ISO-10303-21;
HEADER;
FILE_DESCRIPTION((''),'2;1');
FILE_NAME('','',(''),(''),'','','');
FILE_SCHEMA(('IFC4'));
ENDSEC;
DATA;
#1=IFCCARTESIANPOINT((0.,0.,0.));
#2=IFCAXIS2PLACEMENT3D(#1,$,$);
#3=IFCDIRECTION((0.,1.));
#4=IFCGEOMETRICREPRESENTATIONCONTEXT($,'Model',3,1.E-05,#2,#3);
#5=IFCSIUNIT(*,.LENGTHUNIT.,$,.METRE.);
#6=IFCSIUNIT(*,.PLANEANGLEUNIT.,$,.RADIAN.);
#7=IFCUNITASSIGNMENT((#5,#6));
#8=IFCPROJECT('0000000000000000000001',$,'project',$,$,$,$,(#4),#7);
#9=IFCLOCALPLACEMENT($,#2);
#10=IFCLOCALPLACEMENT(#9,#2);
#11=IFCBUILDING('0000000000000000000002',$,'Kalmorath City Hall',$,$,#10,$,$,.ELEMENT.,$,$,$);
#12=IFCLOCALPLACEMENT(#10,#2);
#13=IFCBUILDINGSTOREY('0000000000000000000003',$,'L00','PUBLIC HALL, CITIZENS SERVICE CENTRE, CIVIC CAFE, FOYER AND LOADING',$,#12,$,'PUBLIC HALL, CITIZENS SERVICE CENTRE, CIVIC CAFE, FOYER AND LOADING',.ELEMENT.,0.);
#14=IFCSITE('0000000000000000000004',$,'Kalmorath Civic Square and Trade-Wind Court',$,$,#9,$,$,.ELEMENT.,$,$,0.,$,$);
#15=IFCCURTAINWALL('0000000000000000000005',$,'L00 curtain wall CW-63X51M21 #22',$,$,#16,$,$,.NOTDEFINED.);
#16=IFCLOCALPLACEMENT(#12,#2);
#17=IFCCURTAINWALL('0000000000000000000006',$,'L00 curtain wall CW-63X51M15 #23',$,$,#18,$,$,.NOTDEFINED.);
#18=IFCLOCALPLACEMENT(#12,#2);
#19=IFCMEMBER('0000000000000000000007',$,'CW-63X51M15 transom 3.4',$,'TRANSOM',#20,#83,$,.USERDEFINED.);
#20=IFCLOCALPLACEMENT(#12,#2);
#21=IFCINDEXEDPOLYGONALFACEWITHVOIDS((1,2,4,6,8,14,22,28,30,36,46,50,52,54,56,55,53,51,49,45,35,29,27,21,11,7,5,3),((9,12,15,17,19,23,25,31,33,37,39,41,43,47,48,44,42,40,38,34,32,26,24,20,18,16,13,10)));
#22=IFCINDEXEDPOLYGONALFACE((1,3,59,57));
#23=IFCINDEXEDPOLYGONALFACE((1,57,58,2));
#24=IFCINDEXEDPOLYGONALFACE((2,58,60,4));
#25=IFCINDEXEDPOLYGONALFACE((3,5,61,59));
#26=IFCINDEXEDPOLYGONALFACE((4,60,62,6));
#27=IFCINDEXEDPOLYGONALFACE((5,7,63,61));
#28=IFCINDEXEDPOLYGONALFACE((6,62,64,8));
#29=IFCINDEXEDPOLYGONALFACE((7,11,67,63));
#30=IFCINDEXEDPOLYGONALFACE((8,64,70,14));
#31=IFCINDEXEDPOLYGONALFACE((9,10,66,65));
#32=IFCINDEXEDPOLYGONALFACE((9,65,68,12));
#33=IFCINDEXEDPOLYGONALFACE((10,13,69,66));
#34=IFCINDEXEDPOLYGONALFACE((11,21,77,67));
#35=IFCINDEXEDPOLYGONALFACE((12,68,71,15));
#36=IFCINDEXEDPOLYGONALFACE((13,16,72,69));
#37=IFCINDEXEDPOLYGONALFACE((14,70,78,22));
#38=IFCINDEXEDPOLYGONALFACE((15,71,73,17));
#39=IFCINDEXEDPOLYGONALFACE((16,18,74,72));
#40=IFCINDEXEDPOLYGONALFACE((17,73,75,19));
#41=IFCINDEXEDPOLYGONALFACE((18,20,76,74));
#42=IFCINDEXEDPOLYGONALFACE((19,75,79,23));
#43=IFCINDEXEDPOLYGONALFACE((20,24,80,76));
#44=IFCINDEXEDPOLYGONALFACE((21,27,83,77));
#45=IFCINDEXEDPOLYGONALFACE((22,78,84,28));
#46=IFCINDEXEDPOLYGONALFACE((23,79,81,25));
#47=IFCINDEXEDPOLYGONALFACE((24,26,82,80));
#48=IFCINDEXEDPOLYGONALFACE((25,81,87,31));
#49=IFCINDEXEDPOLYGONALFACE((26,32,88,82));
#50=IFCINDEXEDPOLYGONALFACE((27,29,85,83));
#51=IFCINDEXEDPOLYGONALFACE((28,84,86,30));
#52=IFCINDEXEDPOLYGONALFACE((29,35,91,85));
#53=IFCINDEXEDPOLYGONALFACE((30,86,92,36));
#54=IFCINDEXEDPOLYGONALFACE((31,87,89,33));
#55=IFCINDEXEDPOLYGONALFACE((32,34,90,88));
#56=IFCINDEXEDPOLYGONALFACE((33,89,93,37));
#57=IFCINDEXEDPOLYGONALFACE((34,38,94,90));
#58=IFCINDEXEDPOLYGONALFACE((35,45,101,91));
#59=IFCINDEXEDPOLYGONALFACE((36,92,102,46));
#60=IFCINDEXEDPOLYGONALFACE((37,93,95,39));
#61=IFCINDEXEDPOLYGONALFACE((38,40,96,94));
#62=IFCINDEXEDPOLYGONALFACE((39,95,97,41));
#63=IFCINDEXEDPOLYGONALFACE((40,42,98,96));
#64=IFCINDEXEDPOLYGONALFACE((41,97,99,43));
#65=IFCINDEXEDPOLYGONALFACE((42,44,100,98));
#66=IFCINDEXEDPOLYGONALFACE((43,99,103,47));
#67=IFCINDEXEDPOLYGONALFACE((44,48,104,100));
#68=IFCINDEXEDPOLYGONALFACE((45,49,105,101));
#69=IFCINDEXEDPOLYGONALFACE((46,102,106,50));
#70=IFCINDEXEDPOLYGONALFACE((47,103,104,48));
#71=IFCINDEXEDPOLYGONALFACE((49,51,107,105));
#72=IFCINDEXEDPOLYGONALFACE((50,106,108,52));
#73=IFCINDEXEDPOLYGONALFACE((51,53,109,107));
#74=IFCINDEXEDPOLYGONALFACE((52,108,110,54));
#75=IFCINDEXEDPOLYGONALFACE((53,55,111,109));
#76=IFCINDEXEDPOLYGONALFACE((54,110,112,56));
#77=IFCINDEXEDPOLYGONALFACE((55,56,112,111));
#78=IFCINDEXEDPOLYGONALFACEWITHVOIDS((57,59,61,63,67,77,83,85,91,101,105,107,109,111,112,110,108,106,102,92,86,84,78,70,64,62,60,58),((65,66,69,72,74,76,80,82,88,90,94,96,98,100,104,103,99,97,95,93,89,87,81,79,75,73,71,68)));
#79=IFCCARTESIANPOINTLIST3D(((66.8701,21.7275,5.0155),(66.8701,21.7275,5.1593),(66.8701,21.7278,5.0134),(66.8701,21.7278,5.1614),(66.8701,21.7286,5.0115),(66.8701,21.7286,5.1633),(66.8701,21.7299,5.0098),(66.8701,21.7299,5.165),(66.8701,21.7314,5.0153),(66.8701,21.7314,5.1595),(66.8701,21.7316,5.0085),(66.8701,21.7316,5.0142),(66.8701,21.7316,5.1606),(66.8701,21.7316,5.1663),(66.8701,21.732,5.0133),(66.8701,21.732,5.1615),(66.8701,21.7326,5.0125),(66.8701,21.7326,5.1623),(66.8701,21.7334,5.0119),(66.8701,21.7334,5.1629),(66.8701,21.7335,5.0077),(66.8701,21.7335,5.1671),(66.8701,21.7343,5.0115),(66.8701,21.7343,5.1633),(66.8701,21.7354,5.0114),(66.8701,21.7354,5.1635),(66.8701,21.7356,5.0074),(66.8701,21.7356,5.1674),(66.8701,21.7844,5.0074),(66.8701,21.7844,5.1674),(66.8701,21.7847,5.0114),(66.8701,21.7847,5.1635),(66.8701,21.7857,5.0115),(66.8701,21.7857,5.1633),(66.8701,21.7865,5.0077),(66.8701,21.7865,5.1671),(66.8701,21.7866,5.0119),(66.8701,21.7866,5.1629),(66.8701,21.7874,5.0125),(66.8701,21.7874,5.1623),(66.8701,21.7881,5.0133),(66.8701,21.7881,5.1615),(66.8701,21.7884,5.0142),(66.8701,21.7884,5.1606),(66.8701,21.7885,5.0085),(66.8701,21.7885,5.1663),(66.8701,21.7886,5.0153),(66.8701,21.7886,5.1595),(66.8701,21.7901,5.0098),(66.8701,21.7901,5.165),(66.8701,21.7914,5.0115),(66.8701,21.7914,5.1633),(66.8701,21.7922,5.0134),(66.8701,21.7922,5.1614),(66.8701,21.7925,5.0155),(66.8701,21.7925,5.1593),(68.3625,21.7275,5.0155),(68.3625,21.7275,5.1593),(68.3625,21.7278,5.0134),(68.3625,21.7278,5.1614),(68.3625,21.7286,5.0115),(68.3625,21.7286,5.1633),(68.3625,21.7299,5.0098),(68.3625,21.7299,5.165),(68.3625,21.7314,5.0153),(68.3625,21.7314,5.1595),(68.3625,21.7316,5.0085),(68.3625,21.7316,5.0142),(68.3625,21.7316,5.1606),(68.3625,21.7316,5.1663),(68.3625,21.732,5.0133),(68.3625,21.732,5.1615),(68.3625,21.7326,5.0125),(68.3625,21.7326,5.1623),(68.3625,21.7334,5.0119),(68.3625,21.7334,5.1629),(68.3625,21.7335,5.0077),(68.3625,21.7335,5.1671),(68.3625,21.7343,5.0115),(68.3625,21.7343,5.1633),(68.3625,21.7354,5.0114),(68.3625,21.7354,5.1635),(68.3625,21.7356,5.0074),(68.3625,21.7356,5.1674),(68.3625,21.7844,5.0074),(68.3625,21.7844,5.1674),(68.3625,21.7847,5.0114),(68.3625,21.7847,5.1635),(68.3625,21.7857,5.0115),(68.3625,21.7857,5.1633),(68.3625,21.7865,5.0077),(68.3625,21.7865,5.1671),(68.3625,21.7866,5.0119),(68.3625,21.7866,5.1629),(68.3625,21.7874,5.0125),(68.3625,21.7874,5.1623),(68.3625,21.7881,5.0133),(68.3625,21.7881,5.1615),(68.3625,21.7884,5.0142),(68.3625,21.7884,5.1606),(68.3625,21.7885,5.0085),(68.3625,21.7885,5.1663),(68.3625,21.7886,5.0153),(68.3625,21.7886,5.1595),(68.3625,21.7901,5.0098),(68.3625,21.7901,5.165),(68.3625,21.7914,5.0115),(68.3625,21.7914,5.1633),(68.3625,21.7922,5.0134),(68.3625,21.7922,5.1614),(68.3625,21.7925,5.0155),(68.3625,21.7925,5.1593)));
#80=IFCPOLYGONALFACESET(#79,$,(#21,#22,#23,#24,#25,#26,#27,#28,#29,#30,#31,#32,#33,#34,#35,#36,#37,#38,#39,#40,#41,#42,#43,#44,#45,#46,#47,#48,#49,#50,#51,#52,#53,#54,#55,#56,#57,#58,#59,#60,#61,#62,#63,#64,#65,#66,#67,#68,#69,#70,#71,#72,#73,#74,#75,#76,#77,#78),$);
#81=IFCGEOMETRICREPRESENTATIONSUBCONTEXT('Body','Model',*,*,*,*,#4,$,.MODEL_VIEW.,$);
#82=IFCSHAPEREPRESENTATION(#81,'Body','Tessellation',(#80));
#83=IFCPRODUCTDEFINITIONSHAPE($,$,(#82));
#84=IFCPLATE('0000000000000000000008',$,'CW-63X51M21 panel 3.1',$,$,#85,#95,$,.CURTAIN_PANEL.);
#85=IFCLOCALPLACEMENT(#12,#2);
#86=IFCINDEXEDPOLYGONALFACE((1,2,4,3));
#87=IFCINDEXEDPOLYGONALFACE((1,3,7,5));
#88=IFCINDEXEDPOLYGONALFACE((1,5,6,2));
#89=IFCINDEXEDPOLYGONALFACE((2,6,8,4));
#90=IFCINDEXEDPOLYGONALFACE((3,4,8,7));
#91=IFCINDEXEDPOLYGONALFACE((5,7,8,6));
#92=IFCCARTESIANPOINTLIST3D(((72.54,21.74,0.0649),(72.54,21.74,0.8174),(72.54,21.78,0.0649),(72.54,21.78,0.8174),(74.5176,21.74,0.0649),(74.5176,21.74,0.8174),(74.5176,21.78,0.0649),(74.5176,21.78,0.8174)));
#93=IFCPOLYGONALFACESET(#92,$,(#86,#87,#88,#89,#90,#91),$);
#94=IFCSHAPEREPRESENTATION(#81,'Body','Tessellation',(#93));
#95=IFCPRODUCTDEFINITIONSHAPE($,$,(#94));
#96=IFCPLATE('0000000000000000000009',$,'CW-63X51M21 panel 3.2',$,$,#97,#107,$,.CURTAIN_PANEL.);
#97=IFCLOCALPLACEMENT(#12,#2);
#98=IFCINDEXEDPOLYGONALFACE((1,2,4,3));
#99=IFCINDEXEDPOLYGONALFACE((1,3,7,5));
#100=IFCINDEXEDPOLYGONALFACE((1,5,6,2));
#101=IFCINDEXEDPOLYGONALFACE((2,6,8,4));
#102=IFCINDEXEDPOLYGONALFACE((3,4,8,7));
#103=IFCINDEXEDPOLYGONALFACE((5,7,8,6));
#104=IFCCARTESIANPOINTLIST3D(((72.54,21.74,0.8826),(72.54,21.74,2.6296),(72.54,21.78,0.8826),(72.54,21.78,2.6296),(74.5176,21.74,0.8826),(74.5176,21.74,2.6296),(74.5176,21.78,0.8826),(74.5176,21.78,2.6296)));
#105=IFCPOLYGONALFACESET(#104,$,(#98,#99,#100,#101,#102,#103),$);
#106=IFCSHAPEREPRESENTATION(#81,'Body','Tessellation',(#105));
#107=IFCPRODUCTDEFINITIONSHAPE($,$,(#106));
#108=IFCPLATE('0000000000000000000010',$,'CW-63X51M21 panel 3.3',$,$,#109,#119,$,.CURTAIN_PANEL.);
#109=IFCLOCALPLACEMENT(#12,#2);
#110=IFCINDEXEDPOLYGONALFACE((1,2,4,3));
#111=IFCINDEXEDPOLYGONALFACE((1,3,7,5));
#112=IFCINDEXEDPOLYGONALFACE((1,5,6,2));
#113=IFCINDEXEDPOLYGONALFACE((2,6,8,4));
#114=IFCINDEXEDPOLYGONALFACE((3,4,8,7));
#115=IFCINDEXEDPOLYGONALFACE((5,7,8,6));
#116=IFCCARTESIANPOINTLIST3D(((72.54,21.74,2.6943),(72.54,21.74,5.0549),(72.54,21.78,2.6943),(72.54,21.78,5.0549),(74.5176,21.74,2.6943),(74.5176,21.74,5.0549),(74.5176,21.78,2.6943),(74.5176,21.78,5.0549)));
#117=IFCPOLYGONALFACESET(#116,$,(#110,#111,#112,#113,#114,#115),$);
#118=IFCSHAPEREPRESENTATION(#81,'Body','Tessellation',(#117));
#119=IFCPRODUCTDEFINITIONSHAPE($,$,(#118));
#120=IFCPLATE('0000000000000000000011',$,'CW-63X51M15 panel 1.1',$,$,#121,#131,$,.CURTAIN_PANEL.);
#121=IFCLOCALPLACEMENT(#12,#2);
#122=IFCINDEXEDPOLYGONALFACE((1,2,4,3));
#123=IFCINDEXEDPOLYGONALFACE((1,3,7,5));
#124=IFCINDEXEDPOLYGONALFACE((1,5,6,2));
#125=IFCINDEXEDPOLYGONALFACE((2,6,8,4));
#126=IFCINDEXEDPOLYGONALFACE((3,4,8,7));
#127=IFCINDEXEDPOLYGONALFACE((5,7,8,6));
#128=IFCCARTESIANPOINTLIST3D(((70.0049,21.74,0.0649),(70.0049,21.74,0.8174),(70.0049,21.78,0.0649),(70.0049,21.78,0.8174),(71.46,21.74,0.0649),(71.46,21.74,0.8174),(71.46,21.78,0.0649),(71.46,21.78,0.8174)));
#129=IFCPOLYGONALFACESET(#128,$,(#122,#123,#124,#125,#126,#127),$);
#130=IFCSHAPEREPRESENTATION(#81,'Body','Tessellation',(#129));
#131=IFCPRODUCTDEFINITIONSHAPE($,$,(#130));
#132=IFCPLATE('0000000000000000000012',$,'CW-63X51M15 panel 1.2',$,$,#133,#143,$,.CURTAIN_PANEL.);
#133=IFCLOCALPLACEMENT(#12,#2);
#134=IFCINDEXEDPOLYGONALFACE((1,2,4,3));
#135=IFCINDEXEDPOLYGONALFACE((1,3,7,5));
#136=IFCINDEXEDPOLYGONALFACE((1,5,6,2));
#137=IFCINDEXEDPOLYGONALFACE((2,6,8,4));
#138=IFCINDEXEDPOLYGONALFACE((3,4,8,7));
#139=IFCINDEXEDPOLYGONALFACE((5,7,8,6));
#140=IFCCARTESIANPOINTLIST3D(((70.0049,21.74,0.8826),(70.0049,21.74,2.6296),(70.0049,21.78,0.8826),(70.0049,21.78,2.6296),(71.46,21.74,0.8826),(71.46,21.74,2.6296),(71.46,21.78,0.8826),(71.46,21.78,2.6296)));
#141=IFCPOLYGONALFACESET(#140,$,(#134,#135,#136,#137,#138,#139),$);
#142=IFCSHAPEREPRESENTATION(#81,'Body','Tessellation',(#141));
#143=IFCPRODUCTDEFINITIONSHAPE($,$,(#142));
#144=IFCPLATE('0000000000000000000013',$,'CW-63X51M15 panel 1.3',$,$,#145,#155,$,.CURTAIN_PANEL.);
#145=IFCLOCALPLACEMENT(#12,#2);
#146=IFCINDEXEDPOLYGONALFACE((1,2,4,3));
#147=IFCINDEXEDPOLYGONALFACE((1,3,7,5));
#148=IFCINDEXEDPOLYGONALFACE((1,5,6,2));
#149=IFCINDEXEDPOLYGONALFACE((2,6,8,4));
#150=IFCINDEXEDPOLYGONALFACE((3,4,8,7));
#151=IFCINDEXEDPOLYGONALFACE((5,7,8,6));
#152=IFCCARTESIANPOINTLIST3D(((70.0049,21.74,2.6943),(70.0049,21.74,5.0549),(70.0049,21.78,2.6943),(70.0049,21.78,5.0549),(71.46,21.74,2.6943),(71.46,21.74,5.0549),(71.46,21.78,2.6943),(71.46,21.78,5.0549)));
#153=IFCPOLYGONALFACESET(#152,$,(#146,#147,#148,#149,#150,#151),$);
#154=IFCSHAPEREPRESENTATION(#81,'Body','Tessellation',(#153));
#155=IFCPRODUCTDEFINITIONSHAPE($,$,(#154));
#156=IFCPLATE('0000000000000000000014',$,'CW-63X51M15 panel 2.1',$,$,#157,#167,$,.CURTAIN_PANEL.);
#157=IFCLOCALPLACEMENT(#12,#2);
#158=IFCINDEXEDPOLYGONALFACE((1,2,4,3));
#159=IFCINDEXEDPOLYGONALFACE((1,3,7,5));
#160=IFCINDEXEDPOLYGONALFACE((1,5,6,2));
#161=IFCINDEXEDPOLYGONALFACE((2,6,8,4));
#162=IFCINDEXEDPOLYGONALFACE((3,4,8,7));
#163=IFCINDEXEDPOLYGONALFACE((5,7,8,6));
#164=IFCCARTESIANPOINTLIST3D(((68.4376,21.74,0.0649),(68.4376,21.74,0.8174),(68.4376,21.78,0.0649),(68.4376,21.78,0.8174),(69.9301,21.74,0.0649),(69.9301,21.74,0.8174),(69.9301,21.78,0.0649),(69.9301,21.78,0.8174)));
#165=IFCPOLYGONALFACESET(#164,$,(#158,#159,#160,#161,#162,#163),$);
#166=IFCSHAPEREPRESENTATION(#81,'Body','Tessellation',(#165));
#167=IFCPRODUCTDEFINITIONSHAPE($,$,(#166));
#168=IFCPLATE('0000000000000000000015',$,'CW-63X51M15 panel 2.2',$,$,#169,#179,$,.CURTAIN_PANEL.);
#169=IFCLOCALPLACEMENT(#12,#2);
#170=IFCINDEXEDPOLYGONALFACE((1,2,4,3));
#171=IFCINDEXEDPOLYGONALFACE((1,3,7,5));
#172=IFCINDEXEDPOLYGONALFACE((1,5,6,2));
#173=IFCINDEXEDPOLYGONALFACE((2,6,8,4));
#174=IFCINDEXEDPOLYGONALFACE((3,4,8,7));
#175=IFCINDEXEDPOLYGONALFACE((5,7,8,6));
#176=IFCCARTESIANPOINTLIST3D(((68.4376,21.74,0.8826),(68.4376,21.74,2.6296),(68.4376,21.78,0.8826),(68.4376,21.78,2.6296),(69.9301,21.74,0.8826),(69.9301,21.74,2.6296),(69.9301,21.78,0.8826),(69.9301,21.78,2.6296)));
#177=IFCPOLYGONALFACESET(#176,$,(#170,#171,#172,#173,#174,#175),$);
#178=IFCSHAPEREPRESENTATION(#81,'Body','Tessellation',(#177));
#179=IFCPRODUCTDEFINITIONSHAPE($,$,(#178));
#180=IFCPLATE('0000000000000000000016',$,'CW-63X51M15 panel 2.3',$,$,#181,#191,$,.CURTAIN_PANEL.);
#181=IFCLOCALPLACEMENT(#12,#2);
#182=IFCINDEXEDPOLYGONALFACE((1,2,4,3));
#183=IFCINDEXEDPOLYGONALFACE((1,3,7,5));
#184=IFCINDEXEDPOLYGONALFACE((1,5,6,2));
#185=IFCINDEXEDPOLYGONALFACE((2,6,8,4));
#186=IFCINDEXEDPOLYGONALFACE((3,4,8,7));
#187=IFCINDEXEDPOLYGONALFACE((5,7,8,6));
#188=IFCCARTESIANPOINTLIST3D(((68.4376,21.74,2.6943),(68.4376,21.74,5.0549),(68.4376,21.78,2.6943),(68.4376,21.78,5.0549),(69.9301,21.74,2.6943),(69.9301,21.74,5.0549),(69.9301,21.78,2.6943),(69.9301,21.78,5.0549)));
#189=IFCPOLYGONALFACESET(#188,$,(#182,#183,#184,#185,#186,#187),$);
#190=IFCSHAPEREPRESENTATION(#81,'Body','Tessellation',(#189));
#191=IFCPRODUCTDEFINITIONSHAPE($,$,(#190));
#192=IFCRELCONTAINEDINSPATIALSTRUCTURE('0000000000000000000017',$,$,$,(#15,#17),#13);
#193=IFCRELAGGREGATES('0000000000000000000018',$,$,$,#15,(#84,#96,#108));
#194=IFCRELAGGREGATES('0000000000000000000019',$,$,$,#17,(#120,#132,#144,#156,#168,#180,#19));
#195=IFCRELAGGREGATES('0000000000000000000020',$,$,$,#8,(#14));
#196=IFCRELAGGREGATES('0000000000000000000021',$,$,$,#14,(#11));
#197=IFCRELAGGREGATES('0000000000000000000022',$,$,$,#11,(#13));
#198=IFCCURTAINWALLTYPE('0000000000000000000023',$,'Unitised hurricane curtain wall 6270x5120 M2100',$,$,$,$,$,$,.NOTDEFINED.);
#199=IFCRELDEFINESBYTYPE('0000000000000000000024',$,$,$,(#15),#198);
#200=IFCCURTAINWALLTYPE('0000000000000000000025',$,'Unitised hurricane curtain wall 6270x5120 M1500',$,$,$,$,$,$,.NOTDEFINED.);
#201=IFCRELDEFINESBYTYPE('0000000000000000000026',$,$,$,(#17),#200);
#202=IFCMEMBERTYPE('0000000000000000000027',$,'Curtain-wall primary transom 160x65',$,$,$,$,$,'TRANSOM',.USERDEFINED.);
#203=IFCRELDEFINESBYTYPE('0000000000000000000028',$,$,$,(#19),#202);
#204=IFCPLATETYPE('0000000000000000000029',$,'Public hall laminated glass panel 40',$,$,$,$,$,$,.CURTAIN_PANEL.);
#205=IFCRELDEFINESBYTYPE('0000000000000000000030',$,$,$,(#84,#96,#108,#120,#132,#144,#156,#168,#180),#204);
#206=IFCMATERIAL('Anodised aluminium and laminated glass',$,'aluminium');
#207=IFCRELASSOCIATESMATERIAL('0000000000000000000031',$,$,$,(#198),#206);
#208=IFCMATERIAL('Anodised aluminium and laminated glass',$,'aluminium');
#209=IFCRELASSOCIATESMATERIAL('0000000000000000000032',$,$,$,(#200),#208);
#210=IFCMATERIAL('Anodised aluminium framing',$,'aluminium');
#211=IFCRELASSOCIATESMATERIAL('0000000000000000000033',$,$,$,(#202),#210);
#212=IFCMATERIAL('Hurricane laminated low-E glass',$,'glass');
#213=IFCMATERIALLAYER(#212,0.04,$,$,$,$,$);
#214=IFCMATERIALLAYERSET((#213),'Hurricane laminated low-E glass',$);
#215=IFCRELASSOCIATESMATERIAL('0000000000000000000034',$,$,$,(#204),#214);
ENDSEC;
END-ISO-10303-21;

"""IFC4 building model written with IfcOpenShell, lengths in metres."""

from ifc_helpers import new_model, si_unit, direction, frame, origin, origin_2d, place, context, subcontext, project, spatial, rectangle, hollow_rectangle, extrude, material, layer, layer_set, material_profile, profile_set, type_object, element, aggregate, save


model = new_model("IFC4")

# Units and contexts
model_context = context("Model", 3, precision=1e-05, world=origin(), true_north=direction((0.0, 1.0)))
body_context = subcontext(model_context, "Body", "Model", "MODEL_VIEW")
ifc_project = project(units=[si_unit("LENGTHUNIT", "METRE"), si_unit("PLANEANGLEUNIT", "RADIAN")], contexts=[model_context])

# Site, building, storey
site_placement = place(None, origin())
site = spatial("IfcSite", under=ifc_project, at=site_placement, Name="Kalmorath Civic Square and Trade-Wind Court", CompositionType="ELEMENT", RefElevation=0.0)
building_placement = place(site_placement, origin())
building = spatial("IfcBuilding", under=site, at=building_placement, Name="Kalmorath City Hall", CompositionType="ELEMENT")
storey_placement = place(building_placement, origin())
storey = spatial("IfcBuildingStorey", under=building, at=storey_placement, Name="L00", Description="PUBLIC HALL, CITIZENS SERVICE CENTRE, CIVIC CAFE, FOYER AND LOADING", LongName="PUBLIC HALL, CITIZENS SERVICE CENTRE, CIVIC CAFE, FOYER AND LOADING", CompositionType="ELEMENT", Elevation=0.0)

# Curtain wall
ifc_material_1 = material(Name="Anodised aluminium and laminated glass", Category="aluminium")
curtain_wall_type_1 = type_object("IfcCurtainWallType", Name="Unitised hurricane curtain wall 6270x5120 M2100", PredefinedType="NOTDEFINED", material=ifc_material_1)
curtain_wall_1_placement = place(storey_placement, origin())
curtain_wall_1 = element("IfcCurtainWall", 1, at=curtain_wall_1_placement, inside=storey, type_object=curtain_wall_type_1, Name="L00 curtain wall CW-63X51M21 #22", PredefinedType="NOTDEFINED")

# Curtain wall
ifc_material_2 = material(Name="Anodised aluminium and laminated glass", Category="aluminium")
curtain_wall_type_2 = type_object("IfcCurtainWallType", Name="Unitised hurricane curtain wall 6270x5120 M1500", PredefinedType="NOTDEFINED", material=ifc_material_2)
curtain_wall_2_placement = place(storey_placement, origin())
curtain_wall_2 = element("IfcCurtainWall", 2, at=curtain_wall_2_placement, inside=storey, type_object=curtain_wall_type_2, Name="L00 curtain wall CW-63X51M15 #23", PredefinedType="NOTDEFINED")

# Member
ifc_material_3 = material(Name="Anodised aluminium framing", Category="aluminium")
ifc_material_profile_1 = material_profile(ifc_material_3, hollow_rectangle(XDim=0.0649, YDim=0.1599, WallThickness=0.0039, InnerFilletRadius=0.0039, OuterFilletRadius=0.0081, at=origin_2d()), Name="ALU-TRN-160X65X4")
ifc_profile_set_1 = profile_set([ifc_material_profile_1], Name="Anodised aluminium framing")
member_type_1 = type_object("IfcMemberType", Name="Curtain-wall primary transom 160x65", ElementType="TRANSOM", PredefinedType="USERDEFINED", material=ifc_profile_set_1)
member_1_placement = place(storey_placement, frame((68.3625, 21.76, 5.0874), z_axis=(-1.0, 0.0, 0.0), x_axis=(0.0, -1.0, 0.0)))
member_1 = element("IfcMember", 3, at=member_1_placement, type_object=member_type_1, Name="CW-63X51M15 transom 3.4", ObjectType="TRANSOM", PredefinedType="USERDEFINED", context=body_context, shape_type="SweptSolid", body=[
    extrude(hollow_rectangle(XDim=0.0649, YDim=0.1599, WallThickness=0.0039, InnerFilletRadius=0.0039, OuterFilletRadius=0.0081, at=origin_2d()), origin(), (0.0, 0.0, 1.0), 1.4924),
])

# Plates
ifc_material_4 = material(Name="Hurricane laminated low-E glass", Category="glass")
ifc_layer = layer(ifc_material_4, 0.04)
ifc_layer_set = layer_set([ifc_layer], Name="Hurricane laminated low-E glass")
plate_type = type_object("IfcPlateType", Name="Public hall laminated glass panel 40", PredefinedType="CURTAIN_PANEL", material=ifc_layer_set)
plate_1_placement = place(storey_placement, frame((73.5288, 21.76, 0.0649), z_axis=(0.0, 0.0, 1.0), x_axis=(-1.0, 0.0, 0.0)))
plate_1 = element("IfcPlate", 4, at=plate_1_placement, type_object=plate_type, Name="CW-63X51M21 panel 3.1", PredefinedType="CURTAIN_PANEL", context=body_context, shape_type="SweptSolid", body=[
    extrude(rectangle(XDim=1.9775, YDim=0.04, at=origin_2d()), origin(), (0.0, 0.0, 1.0), 0.7524),
])
plate_2_placement = place(storey_placement, frame((73.5288, 21.76, 0.8826), z_axis=(0.0, 0.0, 1.0), x_axis=(-1.0, 0.0, 0.0)))
plate_2 = element("IfcPlate", 5, at=plate_2_placement, type_object=plate_type, Name="CW-63X51M21 panel 3.2", PredefinedType="CURTAIN_PANEL", context=body_context, shape_type="SweptSolid", body=[
    extrude(rectangle(XDim=1.9775, YDim=0.04, at=origin_2d()), origin(), (0.0, 0.0, 1.0), 1.7471),
])
plate_3_placement = place(storey_placement, frame((73.5288, 21.76, 2.6943), z_axis=(0.0, 0.0, 1.0), x_axis=(-1.0, 0.0, 0.0)))
plate_3 = element("IfcPlate", 6, at=plate_3_placement, type_object=plate_type, Name="CW-63X51M21 panel 3.3", PredefinedType="CURTAIN_PANEL", context=body_context, shape_type="SweptSolid", body=[
    extrude(rectangle(XDim=1.9775, YDim=0.04, at=origin_2d()), origin(), (0.0, 0.0, 1.0), 2.3606),
])
aggregate(curtain_wall_1, [plate_1, plate_2, plate_3])
plate_4_placement = place(storey_placement, frame((70.7324, 21.76, 0.0649), z_axis=(0.0, 0.0, 1.0), x_axis=(-1.0, 0.0, 0.0)))
plate_4 = element("IfcPlate", 7, at=plate_4_placement, type_object=plate_type, Name="CW-63X51M15 panel 1.1", PredefinedType="CURTAIN_PANEL", context=body_context, shape_type="SweptSolid", body=[
    extrude(rectangle(XDim=1.4551, YDim=0.04, at=origin_2d()), origin(), (0.0, 0.0, 1.0), 0.7524),
])
plate_5_placement = place(storey_placement, frame((70.7324, 21.76, 0.8826), z_axis=(0.0, 0.0, 1.0), x_axis=(-1.0, 0.0, 0.0)))
plate_5 = element("IfcPlate", 8, at=plate_5_placement, type_object=plate_type, Name="CW-63X51M15 panel 1.2", PredefinedType="CURTAIN_PANEL", context=body_context, shape_type="SweptSolid", body=[
    extrude(rectangle(XDim=1.4551, YDim=0.04, at=origin_2d()), origin(), (0.0, 0.0, 1.0), 1.7471),
])
plate_6_placement = place(storey_placement, frame((70.7324, 21.76, 2.6943), z_axis=(0.0, 0.0, 1.0), x_axis=(-1.0, 0.0, 0.0)))
plate_6 = element("IfcPlate", 9, at=plate_6_placement, type_object=plate_type, Name="CW-63X51M15 panel 1.3", PredefinedType="CURTAIN_PANEL", context=body_context, shape_type="SweptSolid", body=[
    extrude(rectangle(XDim=1.4551, YDim=0.04, at=origin_2d()), origin(), (0.0, 0.0, 1.0), 2.3606),
])
plate_7_placement = place(storey_placement, frame((69.1838, 21.76, 0.0649), z_axis=(0.0, 0.0, 1.0), x_axis=(-1.0, 0.0, 0.0)))
plate_7 = element("IfcPlate", 10, at=plate_7_placement, type_object=plate_type, Name="CW-63X51M15 panel 2.1", PredefinedType="CURTAIN_PANEL", context=body_context, shape_type="SweptSolid", body=[
    extrude(rectangle(XDim=1.4924, YDim=0.04, at=origin_2d()), origin(), (0.0, 0.0, 1.0), 0.7524),
])
plate_8_placement = place(storey_placement, frame((69.1838, 21.76, 0.8826), z_axis=(0.0, 0.0, 1.0), x_axis=(-1.0, 0.0, 0.0)))
plate_8 = element("IfcPlate", 11, at=plate_8_placement, type_object=plate_type, Name="CW-63X51M15 panel 2.2", PredefinedType="CURTAIN_PANEL", context=body_context, shape_type="SweptSolid", body=[
    extrude(rectangle(XDim=1.4924, YDim=0.04, at=origin_2d()), origin(), (0.0, 0.0, 1.0), 1.7471),
])
plate_9_placement = place(storey_placement, frame((69.1838, 21.76, 2.6943), z_axis=(0.0, 0.0, 1.0), x_axis=(-1.0, 0.0, 0.0)))
plate_9 = element("IfcPlate", 12, at=plate_9_placement, type_object=plate_type, Name="CW-63X51M15 panel 2.3", PredefinedType="CURTAIN_PANEL", context=body_context, shape_type="SweptSolid", body=[
    extrude(rectangle(XDim=1.4924, YDim=0.04, at=origin_2d()), origin(), (0.0, 0.0, 1.0), 2.3606),
])
aggregate(curtain_wall_2, [plate_4, plate_5, plate_6, plate_7, plate_8, plate_9, member_1])

save(model, "model.ifc")
